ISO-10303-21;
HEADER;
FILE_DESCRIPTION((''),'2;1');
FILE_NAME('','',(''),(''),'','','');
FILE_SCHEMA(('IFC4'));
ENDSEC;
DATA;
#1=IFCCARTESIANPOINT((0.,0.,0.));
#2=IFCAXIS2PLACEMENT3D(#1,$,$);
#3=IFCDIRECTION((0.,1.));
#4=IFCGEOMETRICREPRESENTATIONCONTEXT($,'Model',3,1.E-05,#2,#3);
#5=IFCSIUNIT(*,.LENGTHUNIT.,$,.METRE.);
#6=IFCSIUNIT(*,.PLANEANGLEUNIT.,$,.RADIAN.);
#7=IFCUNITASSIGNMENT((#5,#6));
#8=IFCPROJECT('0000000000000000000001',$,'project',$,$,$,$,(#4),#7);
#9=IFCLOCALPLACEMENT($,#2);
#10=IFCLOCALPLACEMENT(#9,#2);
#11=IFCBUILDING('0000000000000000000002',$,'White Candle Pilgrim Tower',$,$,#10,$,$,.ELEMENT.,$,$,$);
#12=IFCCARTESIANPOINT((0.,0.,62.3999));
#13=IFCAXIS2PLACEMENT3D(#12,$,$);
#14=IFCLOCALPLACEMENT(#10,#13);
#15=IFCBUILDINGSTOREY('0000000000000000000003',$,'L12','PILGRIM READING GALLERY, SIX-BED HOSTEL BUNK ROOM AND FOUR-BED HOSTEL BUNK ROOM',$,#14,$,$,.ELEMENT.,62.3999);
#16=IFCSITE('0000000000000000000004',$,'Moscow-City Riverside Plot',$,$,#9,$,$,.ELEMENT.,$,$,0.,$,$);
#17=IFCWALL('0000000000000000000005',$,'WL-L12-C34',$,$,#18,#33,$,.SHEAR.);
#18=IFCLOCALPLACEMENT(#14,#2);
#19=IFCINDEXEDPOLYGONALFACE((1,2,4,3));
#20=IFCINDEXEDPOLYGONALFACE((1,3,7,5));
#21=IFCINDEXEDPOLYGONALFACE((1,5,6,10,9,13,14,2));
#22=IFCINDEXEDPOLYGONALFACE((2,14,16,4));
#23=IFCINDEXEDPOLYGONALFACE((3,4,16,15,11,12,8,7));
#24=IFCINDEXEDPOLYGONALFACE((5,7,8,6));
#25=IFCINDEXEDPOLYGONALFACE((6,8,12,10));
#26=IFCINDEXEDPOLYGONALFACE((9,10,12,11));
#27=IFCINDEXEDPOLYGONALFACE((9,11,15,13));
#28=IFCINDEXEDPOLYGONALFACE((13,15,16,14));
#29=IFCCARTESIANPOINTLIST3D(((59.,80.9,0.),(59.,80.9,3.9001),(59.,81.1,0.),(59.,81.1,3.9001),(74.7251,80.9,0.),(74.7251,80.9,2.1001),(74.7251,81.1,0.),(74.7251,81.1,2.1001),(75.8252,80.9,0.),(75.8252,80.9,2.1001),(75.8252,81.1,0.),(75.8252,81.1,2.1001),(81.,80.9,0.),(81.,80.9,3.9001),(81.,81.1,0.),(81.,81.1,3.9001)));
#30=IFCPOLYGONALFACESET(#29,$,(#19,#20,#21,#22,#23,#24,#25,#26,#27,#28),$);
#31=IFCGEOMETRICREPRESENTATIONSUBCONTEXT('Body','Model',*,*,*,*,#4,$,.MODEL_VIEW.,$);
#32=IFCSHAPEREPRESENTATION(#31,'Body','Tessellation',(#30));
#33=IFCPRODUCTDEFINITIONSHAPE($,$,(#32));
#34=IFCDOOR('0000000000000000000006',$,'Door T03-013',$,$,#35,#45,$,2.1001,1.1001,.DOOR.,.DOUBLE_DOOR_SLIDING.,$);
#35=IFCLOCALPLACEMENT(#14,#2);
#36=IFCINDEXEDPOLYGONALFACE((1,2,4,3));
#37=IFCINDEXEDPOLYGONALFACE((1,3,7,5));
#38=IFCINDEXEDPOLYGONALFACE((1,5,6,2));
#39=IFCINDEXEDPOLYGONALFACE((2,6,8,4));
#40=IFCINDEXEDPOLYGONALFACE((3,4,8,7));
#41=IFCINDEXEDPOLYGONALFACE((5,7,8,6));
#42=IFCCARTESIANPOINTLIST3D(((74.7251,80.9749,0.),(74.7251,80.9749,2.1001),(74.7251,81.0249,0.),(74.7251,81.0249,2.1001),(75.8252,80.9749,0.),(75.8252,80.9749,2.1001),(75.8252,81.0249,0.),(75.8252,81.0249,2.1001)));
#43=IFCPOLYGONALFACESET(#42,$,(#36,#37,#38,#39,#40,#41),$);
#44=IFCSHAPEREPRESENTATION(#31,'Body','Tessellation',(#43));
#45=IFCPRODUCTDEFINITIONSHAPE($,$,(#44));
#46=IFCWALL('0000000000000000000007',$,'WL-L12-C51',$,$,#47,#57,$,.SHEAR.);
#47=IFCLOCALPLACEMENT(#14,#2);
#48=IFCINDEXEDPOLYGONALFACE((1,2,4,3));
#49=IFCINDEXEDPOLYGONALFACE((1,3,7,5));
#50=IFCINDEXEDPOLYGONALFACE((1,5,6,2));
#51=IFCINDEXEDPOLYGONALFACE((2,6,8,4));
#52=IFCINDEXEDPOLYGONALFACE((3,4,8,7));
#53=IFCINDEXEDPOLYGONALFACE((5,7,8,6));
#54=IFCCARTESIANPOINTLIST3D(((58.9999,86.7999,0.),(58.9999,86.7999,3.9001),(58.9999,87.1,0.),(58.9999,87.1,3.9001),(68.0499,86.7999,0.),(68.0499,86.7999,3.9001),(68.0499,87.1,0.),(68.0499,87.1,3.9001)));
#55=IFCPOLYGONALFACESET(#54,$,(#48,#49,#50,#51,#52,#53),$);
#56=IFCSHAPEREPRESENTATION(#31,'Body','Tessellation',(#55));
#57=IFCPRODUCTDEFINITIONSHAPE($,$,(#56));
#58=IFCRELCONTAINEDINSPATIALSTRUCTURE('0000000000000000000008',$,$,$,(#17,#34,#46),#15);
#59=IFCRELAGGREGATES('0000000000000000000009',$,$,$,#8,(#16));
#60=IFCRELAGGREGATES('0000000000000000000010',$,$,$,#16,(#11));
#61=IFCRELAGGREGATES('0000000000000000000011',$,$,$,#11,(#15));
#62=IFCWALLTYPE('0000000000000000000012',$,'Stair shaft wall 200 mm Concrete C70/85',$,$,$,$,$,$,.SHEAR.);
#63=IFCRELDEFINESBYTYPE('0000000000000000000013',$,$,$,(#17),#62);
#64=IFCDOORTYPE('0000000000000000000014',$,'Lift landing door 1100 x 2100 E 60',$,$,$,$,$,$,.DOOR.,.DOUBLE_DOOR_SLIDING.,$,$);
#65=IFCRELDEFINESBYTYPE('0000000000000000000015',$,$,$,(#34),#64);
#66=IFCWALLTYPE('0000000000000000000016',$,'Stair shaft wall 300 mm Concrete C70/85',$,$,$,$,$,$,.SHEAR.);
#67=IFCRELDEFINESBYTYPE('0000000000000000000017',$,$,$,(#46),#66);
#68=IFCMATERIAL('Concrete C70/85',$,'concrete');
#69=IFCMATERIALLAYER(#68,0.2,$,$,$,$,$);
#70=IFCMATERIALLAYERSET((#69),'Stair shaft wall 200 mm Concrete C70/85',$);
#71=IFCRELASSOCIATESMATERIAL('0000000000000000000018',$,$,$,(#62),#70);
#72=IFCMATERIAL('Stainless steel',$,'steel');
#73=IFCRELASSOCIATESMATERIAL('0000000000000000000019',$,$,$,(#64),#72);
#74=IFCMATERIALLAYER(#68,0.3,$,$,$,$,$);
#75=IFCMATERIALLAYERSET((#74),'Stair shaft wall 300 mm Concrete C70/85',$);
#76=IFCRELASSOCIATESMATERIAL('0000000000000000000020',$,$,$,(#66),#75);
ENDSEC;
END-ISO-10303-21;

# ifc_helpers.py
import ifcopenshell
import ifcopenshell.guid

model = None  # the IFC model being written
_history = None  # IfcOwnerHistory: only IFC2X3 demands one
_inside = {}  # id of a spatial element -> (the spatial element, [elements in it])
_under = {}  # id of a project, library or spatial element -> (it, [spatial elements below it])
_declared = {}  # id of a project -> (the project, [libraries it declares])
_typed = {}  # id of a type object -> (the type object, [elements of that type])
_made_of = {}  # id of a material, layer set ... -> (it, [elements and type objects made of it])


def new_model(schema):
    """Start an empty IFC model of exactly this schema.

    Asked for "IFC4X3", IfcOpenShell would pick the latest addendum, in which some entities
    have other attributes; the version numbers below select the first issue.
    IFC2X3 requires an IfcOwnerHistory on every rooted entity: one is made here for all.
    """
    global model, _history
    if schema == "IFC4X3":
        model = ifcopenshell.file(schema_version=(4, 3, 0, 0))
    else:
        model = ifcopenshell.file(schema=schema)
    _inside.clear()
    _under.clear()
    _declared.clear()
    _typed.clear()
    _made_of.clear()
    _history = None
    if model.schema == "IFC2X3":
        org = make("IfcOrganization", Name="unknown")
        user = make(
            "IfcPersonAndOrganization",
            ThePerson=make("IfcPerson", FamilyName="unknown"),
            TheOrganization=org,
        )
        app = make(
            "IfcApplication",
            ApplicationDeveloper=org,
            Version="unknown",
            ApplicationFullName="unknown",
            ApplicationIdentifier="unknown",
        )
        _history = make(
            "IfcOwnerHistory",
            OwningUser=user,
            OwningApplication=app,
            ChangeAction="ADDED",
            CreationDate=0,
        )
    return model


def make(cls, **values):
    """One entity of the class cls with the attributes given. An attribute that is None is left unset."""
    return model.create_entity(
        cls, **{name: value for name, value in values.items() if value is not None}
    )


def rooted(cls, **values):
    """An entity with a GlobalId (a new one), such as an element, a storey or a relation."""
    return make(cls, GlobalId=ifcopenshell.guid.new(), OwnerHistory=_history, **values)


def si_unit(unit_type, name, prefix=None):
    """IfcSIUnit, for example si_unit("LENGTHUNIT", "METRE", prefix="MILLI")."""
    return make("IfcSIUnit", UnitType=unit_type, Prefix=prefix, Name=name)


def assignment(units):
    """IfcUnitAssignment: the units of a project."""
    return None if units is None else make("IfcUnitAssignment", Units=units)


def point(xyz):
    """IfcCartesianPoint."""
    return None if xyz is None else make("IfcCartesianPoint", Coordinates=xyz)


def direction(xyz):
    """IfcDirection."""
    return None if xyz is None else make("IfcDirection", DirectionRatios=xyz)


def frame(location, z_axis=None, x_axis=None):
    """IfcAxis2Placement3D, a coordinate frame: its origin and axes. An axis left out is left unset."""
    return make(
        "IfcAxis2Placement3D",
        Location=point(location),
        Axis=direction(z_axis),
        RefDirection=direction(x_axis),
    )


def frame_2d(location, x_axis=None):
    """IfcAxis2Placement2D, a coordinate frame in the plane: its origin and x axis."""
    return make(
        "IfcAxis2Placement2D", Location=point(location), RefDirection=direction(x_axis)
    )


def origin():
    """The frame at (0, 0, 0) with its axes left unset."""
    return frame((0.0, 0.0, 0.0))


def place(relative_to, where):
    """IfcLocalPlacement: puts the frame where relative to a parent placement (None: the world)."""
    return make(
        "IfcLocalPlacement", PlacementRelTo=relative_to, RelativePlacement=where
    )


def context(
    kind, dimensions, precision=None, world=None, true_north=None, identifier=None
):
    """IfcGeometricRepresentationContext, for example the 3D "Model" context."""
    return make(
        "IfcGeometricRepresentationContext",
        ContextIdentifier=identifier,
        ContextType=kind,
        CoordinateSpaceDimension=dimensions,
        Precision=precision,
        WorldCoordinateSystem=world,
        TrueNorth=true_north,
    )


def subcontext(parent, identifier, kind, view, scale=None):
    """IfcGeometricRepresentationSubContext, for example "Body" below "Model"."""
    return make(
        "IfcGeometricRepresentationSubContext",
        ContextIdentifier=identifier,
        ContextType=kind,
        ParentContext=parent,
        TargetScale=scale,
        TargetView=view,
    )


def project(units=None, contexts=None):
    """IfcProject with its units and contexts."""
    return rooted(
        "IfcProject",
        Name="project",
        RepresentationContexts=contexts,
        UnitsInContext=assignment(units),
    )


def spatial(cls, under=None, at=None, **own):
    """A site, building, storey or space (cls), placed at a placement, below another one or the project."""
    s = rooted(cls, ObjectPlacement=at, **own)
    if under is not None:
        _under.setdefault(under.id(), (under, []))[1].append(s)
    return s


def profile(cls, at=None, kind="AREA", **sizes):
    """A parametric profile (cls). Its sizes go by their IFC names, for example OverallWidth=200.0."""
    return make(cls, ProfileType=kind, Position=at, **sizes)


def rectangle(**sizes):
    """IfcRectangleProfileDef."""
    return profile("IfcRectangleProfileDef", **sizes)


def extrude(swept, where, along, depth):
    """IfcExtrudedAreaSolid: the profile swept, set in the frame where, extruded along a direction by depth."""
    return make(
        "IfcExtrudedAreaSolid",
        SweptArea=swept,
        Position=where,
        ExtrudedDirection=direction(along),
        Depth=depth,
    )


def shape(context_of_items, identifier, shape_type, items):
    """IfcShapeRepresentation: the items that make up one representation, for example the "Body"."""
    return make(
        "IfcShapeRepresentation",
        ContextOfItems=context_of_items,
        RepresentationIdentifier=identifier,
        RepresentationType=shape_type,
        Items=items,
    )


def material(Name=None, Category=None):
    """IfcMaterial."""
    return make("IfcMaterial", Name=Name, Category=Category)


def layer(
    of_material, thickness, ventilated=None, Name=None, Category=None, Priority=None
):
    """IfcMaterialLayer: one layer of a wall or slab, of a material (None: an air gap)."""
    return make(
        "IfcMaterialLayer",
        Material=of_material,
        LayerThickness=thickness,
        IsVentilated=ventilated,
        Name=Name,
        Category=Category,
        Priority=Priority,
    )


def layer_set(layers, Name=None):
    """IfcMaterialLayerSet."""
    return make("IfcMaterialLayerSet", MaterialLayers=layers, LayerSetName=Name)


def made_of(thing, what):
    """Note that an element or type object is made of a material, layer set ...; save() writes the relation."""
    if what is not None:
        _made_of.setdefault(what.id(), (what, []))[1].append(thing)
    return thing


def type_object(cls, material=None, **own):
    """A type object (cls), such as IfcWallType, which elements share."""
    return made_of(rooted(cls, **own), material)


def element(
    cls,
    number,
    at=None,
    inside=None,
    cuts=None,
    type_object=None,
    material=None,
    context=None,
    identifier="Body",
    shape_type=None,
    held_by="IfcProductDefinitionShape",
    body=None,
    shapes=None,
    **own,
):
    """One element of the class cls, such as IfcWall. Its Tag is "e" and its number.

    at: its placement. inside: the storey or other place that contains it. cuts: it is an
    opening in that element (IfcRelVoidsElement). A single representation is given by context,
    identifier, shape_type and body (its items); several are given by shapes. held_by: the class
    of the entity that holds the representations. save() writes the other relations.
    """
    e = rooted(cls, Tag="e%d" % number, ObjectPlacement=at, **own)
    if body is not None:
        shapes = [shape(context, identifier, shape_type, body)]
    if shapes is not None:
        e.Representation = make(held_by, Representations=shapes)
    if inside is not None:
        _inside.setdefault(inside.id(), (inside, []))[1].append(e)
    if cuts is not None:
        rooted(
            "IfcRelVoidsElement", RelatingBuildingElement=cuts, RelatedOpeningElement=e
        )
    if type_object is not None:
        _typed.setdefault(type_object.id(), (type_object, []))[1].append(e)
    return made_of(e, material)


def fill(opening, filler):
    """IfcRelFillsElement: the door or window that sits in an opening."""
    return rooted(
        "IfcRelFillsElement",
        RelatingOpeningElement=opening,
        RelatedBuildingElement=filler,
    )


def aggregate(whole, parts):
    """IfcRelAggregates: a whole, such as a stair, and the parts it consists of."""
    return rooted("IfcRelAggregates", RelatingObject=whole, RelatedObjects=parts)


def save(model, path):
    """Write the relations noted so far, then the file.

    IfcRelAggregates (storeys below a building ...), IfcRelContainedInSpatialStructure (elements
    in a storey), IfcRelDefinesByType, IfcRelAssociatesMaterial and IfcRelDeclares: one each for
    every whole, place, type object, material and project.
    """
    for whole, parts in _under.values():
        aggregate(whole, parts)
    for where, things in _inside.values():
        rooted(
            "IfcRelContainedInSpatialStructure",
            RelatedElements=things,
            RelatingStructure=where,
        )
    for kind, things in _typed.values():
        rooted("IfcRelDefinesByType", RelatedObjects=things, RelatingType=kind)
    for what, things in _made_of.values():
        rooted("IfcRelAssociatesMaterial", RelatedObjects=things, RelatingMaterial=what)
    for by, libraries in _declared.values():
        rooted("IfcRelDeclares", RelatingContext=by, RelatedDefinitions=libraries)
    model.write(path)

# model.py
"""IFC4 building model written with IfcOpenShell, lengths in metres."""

from ifc_helpers import new_model, si_unit, direction, frame, frame_2d, origin, place, context, subcontext, project, spatial, rectangle, extrude, material, layer, layer_set, type_object, element, fill, save


model = new_model("IFC4")

# Units and contexts
model_context = context("Model", 3, precision=1e-05, world=origin(), true_north=direction((0.0, 1.0)))
body_context = subcontext(model_context, "Body", "Model", "MODEL_VIEW")
ifc_project = project(units=[si_unit("LENGTHUNIT", "METRE"), si_unit("PLANEANGLEUNIT", "RADIAN")], contexts=[model_context])

# Site, building, storey
site_placement = place(None, origin())
site = spatial("IfcSite", under=ifc_project, at=site_placement, Name="Moscow-City Riverside Plot", CompositionType="ELEMENT", RefElevation=0.0)
building_placement = place(site_placement, origin())
building = spatial("IfcBuilding", under=site, at=building_placement, Name="White Candle Pilgrim Tower", CompositionType="ELEMENT")
storey_placement = place(building_placement, frame((0.0, 0.0, 62.3999)))
storey = spatial("IfcBuildingStorey", under=building, at=storey_placement, Name="L12", Description="PILGRIM READING GALLERY, SIX-BED HOSTEL BUNK ROOM AND FOUR-BED HOSTEL BUNK ROOM", CompositionType="ELEMENT", Elevation=62.3999)

# Shared definitions
ifc_material_1 = material(Name="Concrete C70/85", Category="concrete")

# Shared definitions
ifc_material_2 = material(Name="Stainless steel", Category="steel")

# Wall, opening, door
ifc_layer_1 = layer(ifc_material_1, 0.2)
ifc_layer_set_1 = layer_set([ifc_layer_1], Name="Stair shaft wall 200 mm Concrete C70/85")
wall_type_1 = type_object("IfcWallType", Name="Stair shaft wall 200 mm Concrete C70/85", PredefinedType="SHEAR", material=ifc_layer_set_1)
wall_1_placement = place(storey_placement, frame((59.0, 81.0, 0.0), z_axis=(0.0, 0.0, 1.0), x_axis=(1.0, 0.0, 0.0)))
wall_1 = element("IfcWall", 1, at=wall_1_placement, inside=storey, type_object=wall_type_1, Name="WL-L12-C34", PredefinedType="SHEAR", context=body_context, shape_type="SweptSolid", body=[
    extrude(rectangle(XDim=22.0, YDim=0.2, at=frame_2d((11.0, 0.0))), origin(), (0.0, 0.0, 1.0), 3.9001),
])
opening_1_placement = place(wall_1_placement, frame((15.7251, 0.0, 0.0)))
opening_1 = element("IfcOpeningElement", 2, at=opening_1_placement, cuts=wall_1, PredefinedType="OPENING", context=body_context, shape_type="SweptSolid", body=[
    extrude(rectangle(XDim=1.1001, YDim=2.1001, at=frame_2d((0.55, 1.05))), frame((0.0, 0.1099, 0.0), z_axis=(0.0, -1.0, 0.0), x_axis=(1.0, 0.0, 0.0)), (0.0, 0.0, 1.0), 0.22),
])
door_type_1 = type_object("IfcDoorType", Name="Lift landing door 1100 x 2100 E 60", OperationType="DOUBLE_DOOR_SLIDING", PredefinedType="DOOR", material=ifc_material_2)
door_1_placement = place(opening_1_placement, origin())
door_1 = element("IfcDoor", 3, at=door_1_placement, inside=storey, type_object=door_type_1, Name="Door T03-013", OperationType="DOUBLE_DOOR_SLIDING", OverallHeight=2.1001, OverallWidth=1.1001, PredefinedType="DOOR", context=body_context, shape_type="SweptSolid", body=[
    extrude(rectangle(XDim=1.1001, YDim=2.1001, at=frame_2d((0.55, 1.05))), frame((0.0, 0.0249, 0.0), z_axis=(0.0, -1.0, 0.0), x_axis=(1.0, 0.0, 0.0)), (0.0, 0.0, 1.0), 0.05),
])
fill(opening_1, door_1)

# Wall
ifc_layer_2 = layer(ifc_material_1, 0.3)
ifc_layer_set_2 = layer_set([ifc_layer_2], Name="Stair shaft wall 300 mm Concrete C70/85")
wall_type_2 = type_object("IfcWallType", Name="Stair shaft wall 300 mm Concrete C70/85", PredefinedType="SHEAR", material=ifc_layer_set_2)
wall_2_placement = place(storey_placement, frame((59.0, 86.95, 0.0), z_axis=(0.0, 0.0, 1.0), x_axis=(1.0, 0.0, 0.0)))
element("IfcWall", 4, at=wall_2_placement, inside=storey, type_object=wall_type_2, Name="WL-L12-C51", PredefinedType="SHEAR", context=body_context, shape_type="SweptSolid", body=[
    extrude(rectangle(XDim=9.05, YDim=0.3, at=frame_2d((4.5249, 0.0))), origin(), (0.0, 0.0, 1.0), 3.9001),
])

save(model, "model.ifc")
